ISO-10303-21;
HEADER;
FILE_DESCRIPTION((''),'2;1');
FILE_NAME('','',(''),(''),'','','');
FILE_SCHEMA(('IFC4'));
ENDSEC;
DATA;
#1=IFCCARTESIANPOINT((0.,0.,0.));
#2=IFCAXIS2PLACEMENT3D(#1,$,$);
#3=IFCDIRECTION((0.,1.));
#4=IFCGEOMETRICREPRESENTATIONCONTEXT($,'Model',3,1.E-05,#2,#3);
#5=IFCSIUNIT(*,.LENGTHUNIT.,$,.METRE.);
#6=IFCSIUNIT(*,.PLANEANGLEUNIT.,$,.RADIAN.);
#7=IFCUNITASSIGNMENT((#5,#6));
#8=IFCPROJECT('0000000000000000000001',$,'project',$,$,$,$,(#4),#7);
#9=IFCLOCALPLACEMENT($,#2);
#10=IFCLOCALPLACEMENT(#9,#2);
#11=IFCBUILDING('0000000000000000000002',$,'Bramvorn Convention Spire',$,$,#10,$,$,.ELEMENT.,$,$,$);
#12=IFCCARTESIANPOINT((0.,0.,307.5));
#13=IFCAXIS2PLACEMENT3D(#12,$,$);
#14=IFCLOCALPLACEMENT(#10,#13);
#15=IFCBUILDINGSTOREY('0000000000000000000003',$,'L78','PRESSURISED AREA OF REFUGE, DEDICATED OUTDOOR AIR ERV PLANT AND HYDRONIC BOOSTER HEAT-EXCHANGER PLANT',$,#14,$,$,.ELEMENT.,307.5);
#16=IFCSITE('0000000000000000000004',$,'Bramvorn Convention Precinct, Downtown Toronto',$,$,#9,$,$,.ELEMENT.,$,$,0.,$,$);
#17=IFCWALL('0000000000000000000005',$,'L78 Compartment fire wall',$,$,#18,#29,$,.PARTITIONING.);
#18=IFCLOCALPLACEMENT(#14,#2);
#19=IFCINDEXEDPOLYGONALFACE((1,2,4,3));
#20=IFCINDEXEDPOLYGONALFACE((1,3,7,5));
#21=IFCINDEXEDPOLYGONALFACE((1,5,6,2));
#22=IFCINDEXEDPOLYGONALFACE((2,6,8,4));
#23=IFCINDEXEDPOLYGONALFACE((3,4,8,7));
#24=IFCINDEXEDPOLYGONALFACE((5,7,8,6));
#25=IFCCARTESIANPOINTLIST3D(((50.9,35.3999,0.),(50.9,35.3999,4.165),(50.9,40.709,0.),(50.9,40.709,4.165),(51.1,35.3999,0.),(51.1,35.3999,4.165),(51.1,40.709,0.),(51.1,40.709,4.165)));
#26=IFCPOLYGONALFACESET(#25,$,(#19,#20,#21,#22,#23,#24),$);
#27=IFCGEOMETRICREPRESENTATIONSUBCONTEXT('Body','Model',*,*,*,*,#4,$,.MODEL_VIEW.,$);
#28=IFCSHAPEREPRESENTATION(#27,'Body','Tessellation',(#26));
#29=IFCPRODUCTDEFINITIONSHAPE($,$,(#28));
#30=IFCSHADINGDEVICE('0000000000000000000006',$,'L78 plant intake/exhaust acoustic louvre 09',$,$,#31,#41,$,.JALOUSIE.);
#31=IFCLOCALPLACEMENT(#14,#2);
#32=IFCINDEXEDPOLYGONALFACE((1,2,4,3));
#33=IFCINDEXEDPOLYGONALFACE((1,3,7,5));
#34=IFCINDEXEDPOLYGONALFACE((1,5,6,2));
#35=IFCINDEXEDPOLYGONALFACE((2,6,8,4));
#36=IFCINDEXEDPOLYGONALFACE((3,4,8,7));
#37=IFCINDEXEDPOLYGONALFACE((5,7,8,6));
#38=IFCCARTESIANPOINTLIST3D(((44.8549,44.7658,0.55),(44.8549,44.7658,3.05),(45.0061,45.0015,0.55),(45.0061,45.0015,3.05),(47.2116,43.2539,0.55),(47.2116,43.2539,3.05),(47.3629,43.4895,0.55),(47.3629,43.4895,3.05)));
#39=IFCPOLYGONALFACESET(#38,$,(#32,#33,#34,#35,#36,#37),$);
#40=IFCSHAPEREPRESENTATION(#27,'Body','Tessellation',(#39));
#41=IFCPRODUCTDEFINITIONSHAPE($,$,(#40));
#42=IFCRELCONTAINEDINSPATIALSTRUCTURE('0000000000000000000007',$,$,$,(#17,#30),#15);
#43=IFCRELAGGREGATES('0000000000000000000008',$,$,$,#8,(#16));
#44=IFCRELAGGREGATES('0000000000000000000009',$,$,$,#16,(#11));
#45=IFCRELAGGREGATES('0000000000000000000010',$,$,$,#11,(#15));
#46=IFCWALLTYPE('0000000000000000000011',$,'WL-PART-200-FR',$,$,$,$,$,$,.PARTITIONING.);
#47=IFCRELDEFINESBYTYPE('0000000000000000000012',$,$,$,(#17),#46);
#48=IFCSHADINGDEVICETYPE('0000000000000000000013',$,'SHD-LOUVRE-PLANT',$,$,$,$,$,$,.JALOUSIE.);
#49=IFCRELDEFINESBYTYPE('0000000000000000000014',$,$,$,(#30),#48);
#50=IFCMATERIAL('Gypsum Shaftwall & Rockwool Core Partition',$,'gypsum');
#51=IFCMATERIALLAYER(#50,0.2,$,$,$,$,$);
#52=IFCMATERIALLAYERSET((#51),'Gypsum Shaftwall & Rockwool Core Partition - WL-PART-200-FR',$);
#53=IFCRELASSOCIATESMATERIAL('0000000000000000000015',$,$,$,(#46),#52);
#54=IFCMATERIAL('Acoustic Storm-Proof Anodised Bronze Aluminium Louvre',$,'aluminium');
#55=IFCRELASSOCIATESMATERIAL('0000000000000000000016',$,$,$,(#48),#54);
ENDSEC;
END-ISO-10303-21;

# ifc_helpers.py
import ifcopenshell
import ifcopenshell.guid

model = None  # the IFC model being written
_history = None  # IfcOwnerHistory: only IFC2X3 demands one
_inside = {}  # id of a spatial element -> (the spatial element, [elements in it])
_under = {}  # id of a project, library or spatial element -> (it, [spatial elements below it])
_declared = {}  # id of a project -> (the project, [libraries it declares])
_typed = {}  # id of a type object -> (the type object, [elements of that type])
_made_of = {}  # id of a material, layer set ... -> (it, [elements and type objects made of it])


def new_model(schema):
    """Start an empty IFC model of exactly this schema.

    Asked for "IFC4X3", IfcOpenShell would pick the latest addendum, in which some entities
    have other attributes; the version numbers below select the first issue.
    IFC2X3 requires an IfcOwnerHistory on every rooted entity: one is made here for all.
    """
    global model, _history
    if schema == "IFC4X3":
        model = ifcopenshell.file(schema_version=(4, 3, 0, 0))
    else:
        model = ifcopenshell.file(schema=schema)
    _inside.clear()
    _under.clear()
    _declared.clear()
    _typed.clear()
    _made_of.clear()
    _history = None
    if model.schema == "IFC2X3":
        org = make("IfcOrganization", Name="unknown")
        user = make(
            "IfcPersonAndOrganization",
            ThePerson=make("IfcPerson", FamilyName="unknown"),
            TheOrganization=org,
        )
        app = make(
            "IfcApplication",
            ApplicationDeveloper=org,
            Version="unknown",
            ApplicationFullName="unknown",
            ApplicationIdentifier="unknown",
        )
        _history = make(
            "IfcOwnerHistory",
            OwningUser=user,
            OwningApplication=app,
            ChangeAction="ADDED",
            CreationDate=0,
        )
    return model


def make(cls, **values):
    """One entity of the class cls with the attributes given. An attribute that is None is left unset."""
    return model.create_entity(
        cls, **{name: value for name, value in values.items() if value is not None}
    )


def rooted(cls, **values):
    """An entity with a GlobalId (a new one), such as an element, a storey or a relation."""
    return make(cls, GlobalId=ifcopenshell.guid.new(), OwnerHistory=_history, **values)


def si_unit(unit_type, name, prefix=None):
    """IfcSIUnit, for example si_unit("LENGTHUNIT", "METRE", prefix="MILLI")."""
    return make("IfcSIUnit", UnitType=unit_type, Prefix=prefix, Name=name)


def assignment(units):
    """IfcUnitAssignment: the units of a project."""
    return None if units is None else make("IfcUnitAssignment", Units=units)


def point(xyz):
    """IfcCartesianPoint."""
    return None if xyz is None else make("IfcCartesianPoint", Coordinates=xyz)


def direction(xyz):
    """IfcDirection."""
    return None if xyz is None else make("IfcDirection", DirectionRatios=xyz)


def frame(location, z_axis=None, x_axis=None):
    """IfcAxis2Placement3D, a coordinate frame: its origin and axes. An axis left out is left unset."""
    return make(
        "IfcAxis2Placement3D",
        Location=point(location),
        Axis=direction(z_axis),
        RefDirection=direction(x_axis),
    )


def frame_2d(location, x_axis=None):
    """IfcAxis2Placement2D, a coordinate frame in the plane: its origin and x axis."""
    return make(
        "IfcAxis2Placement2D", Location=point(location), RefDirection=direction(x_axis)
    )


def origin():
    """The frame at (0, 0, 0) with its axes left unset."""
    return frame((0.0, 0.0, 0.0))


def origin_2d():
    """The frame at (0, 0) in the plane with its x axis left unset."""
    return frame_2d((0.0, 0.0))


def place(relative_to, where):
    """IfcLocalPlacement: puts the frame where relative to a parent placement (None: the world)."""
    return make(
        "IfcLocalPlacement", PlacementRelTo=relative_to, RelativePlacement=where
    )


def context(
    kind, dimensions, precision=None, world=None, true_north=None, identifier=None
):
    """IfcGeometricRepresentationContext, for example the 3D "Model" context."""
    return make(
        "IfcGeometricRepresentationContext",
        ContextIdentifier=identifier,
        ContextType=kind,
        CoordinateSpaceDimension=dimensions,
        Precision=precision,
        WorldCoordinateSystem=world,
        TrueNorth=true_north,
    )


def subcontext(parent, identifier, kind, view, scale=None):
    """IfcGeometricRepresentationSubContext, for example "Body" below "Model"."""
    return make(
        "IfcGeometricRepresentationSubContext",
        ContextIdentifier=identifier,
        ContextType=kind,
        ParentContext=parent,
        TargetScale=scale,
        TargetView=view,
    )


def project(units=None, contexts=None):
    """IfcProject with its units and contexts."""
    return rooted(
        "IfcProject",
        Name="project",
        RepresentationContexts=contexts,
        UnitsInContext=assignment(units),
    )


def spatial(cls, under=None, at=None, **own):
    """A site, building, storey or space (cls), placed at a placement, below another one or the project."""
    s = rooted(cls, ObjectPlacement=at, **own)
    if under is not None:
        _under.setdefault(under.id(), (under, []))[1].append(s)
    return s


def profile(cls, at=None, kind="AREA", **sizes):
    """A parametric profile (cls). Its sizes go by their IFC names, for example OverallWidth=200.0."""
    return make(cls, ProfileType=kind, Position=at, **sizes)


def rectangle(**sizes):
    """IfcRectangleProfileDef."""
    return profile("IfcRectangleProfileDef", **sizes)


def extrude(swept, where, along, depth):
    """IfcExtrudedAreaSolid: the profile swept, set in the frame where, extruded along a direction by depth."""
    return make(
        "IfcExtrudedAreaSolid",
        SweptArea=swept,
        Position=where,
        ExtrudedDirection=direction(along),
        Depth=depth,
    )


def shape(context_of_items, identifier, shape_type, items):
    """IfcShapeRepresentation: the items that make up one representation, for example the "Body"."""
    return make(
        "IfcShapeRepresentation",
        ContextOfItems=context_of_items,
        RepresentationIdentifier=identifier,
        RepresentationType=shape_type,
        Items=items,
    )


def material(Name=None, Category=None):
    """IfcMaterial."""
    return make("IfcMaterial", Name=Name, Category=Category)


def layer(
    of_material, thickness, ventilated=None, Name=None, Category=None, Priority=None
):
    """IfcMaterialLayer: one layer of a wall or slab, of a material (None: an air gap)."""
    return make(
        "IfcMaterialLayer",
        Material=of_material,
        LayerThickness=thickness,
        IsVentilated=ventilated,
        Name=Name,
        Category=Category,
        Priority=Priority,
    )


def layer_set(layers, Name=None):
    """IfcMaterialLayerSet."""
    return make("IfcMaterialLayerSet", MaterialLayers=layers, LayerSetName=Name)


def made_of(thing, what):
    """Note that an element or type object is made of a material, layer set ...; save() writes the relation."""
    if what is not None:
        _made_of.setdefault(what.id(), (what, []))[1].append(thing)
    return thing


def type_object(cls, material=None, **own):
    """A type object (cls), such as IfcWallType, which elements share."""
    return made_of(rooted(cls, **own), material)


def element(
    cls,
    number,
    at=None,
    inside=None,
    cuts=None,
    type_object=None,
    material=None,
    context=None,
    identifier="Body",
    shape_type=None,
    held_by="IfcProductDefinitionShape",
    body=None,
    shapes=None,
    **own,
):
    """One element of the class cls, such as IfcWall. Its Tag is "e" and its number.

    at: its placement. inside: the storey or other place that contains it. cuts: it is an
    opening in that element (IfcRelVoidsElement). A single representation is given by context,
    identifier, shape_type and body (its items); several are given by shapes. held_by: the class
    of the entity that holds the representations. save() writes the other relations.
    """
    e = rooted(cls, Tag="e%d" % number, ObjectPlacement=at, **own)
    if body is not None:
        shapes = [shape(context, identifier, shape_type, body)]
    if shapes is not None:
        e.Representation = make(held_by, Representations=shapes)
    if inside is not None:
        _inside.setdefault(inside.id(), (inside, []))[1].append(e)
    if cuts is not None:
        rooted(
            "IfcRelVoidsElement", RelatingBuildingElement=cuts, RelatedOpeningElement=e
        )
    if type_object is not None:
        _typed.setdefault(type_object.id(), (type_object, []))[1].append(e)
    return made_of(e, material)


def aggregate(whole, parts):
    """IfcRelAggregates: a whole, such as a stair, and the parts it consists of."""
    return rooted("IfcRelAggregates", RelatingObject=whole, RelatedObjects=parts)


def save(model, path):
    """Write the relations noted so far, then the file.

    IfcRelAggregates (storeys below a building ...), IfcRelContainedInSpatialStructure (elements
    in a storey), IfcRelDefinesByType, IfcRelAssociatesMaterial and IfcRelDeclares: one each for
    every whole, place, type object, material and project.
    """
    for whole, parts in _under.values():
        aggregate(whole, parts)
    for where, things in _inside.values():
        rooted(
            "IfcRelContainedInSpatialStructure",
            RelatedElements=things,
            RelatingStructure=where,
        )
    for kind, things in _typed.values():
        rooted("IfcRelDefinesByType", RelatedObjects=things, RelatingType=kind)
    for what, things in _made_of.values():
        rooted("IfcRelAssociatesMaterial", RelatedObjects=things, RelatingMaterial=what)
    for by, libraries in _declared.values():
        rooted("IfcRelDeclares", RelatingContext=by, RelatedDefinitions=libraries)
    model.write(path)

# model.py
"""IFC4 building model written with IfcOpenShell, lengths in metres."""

from ifc_helpers import new_model, si_unit, direction, frame, frame_2d, origin, origin_2d, place, context, subcontext, project, spatial, rectangle, extrude, material, layer, layer_set, type_object, element, save


model = new_model("IFC4")

# Units and contexts
model_context = context("Model", 3, precision=1e-05, world=origin(), true_north=direction((0.0, 1.0)))
body_context = subcontext(model_context, "Body", "Model", "MODEL_VIEW")
ifc_project = project(units=[si_unit("LENGTHUNIT", "METRE"), si_unit("PLANEANGLEUNIT", "RADIAN")], contexts=[model_context])

# Site, building, storey
site_placement = place(None, origin())
site = spatial("IfcSite", under=ifc_project, at=site_placement, Name="Bramvorn Convention Precinct, Downtown Toronto", CompositionType="ELEMENT", RefElevation=0.0)
building_placement = place(site_placement, origin())
building = spatial("IfcBuilding", under=site, at=building_placement, Name="Bramvorn Convention Spire", CompositionType="ELEMENT")
storey_placement = place(building_placement, frame((0.0, 0.0, 307.5)))
storey = spatial("IfcBuildingStorey", under=building, at=storey_placement, Name="L78", Description="PRESSURISED AREA OF REFUGE, DEDICATED OUTDOOR AIR ERV PLANT AND HYDRONIC BOOSTER HEAT-EXCHANGER PLANT", CompositionType="ELEMENT", Elevation=307.5)

# Wall
ifc_material_1 = material(Name="Gypsum Shaftwall & Rockwool Core Partition", Category="gypsum")
ifc_layer_1 = layer(ifc_material_1, 0.2)
ifc_layer_set_1 = layer_set([ifc_layer_1], Name="Gypsum Shaftwall & Rockwool Core Partition - WL-PART-200-FR")
wall_type_1 = type_object("IfcWallType", Name="WL-PART-200-FR", PredefinedType="PARTITIONING", material=ifc_layer_set_1)
wall_1_placement = place(storey_placement, frame((51.0, 35.3999, 0.0), z_axis=(0.0, 0.0, 1.0), x_axis=(0.0, 1.0, 0.0)))
element("IfcWall", 1, at=wall_1_placement, inside=storey, type_object=wall_type_1, Name="L78 Compartment fire wall", PredefinedType="PARTITIONING", context=body_context, shape_type="SweptSolid", body=[
    extrude(rectangle(XDim=5.3091, YDim=0.2, at=frame_2d((2.6545, 0.0))), origin(), (0.0, 0.0, 1.0), 4.165),
])

# Shading device
ifc_material_2 = material(Name="Acoustic Storm-Proof Anodised Bronze Aluminium Louvre", Category="aluminium")
shading_device_type = type_object("IfcShadingDeviceType", Name="SHD-LOUVRE-PLANT", PredefinedType="JALOUSIE", material=ifc_material_2)
shading_device_placement = place(storey_placement, frame((46.1089, 44.1277, 0.55), z_axis=(0.0, 0.0, 1.0), x_axis=(0.841677, -0.539981, 0.0)))
element("IfcShadingDevice", 2, at=shading_device_placement, inside=storey, type_object=shading_device_type, Name="L78 plant intake/exhaust acoustic louvre 09", PredefinedType="JALOUSIE", context=body_context, shape_type="SweptSolid", body=[
    extrude(rectangle(XDim=2.8, YDim=0.28, at=origin_2d()), origin(), (0.0, 0.0, 1.0), 2.5),
])

save(model, "model.ifc")
